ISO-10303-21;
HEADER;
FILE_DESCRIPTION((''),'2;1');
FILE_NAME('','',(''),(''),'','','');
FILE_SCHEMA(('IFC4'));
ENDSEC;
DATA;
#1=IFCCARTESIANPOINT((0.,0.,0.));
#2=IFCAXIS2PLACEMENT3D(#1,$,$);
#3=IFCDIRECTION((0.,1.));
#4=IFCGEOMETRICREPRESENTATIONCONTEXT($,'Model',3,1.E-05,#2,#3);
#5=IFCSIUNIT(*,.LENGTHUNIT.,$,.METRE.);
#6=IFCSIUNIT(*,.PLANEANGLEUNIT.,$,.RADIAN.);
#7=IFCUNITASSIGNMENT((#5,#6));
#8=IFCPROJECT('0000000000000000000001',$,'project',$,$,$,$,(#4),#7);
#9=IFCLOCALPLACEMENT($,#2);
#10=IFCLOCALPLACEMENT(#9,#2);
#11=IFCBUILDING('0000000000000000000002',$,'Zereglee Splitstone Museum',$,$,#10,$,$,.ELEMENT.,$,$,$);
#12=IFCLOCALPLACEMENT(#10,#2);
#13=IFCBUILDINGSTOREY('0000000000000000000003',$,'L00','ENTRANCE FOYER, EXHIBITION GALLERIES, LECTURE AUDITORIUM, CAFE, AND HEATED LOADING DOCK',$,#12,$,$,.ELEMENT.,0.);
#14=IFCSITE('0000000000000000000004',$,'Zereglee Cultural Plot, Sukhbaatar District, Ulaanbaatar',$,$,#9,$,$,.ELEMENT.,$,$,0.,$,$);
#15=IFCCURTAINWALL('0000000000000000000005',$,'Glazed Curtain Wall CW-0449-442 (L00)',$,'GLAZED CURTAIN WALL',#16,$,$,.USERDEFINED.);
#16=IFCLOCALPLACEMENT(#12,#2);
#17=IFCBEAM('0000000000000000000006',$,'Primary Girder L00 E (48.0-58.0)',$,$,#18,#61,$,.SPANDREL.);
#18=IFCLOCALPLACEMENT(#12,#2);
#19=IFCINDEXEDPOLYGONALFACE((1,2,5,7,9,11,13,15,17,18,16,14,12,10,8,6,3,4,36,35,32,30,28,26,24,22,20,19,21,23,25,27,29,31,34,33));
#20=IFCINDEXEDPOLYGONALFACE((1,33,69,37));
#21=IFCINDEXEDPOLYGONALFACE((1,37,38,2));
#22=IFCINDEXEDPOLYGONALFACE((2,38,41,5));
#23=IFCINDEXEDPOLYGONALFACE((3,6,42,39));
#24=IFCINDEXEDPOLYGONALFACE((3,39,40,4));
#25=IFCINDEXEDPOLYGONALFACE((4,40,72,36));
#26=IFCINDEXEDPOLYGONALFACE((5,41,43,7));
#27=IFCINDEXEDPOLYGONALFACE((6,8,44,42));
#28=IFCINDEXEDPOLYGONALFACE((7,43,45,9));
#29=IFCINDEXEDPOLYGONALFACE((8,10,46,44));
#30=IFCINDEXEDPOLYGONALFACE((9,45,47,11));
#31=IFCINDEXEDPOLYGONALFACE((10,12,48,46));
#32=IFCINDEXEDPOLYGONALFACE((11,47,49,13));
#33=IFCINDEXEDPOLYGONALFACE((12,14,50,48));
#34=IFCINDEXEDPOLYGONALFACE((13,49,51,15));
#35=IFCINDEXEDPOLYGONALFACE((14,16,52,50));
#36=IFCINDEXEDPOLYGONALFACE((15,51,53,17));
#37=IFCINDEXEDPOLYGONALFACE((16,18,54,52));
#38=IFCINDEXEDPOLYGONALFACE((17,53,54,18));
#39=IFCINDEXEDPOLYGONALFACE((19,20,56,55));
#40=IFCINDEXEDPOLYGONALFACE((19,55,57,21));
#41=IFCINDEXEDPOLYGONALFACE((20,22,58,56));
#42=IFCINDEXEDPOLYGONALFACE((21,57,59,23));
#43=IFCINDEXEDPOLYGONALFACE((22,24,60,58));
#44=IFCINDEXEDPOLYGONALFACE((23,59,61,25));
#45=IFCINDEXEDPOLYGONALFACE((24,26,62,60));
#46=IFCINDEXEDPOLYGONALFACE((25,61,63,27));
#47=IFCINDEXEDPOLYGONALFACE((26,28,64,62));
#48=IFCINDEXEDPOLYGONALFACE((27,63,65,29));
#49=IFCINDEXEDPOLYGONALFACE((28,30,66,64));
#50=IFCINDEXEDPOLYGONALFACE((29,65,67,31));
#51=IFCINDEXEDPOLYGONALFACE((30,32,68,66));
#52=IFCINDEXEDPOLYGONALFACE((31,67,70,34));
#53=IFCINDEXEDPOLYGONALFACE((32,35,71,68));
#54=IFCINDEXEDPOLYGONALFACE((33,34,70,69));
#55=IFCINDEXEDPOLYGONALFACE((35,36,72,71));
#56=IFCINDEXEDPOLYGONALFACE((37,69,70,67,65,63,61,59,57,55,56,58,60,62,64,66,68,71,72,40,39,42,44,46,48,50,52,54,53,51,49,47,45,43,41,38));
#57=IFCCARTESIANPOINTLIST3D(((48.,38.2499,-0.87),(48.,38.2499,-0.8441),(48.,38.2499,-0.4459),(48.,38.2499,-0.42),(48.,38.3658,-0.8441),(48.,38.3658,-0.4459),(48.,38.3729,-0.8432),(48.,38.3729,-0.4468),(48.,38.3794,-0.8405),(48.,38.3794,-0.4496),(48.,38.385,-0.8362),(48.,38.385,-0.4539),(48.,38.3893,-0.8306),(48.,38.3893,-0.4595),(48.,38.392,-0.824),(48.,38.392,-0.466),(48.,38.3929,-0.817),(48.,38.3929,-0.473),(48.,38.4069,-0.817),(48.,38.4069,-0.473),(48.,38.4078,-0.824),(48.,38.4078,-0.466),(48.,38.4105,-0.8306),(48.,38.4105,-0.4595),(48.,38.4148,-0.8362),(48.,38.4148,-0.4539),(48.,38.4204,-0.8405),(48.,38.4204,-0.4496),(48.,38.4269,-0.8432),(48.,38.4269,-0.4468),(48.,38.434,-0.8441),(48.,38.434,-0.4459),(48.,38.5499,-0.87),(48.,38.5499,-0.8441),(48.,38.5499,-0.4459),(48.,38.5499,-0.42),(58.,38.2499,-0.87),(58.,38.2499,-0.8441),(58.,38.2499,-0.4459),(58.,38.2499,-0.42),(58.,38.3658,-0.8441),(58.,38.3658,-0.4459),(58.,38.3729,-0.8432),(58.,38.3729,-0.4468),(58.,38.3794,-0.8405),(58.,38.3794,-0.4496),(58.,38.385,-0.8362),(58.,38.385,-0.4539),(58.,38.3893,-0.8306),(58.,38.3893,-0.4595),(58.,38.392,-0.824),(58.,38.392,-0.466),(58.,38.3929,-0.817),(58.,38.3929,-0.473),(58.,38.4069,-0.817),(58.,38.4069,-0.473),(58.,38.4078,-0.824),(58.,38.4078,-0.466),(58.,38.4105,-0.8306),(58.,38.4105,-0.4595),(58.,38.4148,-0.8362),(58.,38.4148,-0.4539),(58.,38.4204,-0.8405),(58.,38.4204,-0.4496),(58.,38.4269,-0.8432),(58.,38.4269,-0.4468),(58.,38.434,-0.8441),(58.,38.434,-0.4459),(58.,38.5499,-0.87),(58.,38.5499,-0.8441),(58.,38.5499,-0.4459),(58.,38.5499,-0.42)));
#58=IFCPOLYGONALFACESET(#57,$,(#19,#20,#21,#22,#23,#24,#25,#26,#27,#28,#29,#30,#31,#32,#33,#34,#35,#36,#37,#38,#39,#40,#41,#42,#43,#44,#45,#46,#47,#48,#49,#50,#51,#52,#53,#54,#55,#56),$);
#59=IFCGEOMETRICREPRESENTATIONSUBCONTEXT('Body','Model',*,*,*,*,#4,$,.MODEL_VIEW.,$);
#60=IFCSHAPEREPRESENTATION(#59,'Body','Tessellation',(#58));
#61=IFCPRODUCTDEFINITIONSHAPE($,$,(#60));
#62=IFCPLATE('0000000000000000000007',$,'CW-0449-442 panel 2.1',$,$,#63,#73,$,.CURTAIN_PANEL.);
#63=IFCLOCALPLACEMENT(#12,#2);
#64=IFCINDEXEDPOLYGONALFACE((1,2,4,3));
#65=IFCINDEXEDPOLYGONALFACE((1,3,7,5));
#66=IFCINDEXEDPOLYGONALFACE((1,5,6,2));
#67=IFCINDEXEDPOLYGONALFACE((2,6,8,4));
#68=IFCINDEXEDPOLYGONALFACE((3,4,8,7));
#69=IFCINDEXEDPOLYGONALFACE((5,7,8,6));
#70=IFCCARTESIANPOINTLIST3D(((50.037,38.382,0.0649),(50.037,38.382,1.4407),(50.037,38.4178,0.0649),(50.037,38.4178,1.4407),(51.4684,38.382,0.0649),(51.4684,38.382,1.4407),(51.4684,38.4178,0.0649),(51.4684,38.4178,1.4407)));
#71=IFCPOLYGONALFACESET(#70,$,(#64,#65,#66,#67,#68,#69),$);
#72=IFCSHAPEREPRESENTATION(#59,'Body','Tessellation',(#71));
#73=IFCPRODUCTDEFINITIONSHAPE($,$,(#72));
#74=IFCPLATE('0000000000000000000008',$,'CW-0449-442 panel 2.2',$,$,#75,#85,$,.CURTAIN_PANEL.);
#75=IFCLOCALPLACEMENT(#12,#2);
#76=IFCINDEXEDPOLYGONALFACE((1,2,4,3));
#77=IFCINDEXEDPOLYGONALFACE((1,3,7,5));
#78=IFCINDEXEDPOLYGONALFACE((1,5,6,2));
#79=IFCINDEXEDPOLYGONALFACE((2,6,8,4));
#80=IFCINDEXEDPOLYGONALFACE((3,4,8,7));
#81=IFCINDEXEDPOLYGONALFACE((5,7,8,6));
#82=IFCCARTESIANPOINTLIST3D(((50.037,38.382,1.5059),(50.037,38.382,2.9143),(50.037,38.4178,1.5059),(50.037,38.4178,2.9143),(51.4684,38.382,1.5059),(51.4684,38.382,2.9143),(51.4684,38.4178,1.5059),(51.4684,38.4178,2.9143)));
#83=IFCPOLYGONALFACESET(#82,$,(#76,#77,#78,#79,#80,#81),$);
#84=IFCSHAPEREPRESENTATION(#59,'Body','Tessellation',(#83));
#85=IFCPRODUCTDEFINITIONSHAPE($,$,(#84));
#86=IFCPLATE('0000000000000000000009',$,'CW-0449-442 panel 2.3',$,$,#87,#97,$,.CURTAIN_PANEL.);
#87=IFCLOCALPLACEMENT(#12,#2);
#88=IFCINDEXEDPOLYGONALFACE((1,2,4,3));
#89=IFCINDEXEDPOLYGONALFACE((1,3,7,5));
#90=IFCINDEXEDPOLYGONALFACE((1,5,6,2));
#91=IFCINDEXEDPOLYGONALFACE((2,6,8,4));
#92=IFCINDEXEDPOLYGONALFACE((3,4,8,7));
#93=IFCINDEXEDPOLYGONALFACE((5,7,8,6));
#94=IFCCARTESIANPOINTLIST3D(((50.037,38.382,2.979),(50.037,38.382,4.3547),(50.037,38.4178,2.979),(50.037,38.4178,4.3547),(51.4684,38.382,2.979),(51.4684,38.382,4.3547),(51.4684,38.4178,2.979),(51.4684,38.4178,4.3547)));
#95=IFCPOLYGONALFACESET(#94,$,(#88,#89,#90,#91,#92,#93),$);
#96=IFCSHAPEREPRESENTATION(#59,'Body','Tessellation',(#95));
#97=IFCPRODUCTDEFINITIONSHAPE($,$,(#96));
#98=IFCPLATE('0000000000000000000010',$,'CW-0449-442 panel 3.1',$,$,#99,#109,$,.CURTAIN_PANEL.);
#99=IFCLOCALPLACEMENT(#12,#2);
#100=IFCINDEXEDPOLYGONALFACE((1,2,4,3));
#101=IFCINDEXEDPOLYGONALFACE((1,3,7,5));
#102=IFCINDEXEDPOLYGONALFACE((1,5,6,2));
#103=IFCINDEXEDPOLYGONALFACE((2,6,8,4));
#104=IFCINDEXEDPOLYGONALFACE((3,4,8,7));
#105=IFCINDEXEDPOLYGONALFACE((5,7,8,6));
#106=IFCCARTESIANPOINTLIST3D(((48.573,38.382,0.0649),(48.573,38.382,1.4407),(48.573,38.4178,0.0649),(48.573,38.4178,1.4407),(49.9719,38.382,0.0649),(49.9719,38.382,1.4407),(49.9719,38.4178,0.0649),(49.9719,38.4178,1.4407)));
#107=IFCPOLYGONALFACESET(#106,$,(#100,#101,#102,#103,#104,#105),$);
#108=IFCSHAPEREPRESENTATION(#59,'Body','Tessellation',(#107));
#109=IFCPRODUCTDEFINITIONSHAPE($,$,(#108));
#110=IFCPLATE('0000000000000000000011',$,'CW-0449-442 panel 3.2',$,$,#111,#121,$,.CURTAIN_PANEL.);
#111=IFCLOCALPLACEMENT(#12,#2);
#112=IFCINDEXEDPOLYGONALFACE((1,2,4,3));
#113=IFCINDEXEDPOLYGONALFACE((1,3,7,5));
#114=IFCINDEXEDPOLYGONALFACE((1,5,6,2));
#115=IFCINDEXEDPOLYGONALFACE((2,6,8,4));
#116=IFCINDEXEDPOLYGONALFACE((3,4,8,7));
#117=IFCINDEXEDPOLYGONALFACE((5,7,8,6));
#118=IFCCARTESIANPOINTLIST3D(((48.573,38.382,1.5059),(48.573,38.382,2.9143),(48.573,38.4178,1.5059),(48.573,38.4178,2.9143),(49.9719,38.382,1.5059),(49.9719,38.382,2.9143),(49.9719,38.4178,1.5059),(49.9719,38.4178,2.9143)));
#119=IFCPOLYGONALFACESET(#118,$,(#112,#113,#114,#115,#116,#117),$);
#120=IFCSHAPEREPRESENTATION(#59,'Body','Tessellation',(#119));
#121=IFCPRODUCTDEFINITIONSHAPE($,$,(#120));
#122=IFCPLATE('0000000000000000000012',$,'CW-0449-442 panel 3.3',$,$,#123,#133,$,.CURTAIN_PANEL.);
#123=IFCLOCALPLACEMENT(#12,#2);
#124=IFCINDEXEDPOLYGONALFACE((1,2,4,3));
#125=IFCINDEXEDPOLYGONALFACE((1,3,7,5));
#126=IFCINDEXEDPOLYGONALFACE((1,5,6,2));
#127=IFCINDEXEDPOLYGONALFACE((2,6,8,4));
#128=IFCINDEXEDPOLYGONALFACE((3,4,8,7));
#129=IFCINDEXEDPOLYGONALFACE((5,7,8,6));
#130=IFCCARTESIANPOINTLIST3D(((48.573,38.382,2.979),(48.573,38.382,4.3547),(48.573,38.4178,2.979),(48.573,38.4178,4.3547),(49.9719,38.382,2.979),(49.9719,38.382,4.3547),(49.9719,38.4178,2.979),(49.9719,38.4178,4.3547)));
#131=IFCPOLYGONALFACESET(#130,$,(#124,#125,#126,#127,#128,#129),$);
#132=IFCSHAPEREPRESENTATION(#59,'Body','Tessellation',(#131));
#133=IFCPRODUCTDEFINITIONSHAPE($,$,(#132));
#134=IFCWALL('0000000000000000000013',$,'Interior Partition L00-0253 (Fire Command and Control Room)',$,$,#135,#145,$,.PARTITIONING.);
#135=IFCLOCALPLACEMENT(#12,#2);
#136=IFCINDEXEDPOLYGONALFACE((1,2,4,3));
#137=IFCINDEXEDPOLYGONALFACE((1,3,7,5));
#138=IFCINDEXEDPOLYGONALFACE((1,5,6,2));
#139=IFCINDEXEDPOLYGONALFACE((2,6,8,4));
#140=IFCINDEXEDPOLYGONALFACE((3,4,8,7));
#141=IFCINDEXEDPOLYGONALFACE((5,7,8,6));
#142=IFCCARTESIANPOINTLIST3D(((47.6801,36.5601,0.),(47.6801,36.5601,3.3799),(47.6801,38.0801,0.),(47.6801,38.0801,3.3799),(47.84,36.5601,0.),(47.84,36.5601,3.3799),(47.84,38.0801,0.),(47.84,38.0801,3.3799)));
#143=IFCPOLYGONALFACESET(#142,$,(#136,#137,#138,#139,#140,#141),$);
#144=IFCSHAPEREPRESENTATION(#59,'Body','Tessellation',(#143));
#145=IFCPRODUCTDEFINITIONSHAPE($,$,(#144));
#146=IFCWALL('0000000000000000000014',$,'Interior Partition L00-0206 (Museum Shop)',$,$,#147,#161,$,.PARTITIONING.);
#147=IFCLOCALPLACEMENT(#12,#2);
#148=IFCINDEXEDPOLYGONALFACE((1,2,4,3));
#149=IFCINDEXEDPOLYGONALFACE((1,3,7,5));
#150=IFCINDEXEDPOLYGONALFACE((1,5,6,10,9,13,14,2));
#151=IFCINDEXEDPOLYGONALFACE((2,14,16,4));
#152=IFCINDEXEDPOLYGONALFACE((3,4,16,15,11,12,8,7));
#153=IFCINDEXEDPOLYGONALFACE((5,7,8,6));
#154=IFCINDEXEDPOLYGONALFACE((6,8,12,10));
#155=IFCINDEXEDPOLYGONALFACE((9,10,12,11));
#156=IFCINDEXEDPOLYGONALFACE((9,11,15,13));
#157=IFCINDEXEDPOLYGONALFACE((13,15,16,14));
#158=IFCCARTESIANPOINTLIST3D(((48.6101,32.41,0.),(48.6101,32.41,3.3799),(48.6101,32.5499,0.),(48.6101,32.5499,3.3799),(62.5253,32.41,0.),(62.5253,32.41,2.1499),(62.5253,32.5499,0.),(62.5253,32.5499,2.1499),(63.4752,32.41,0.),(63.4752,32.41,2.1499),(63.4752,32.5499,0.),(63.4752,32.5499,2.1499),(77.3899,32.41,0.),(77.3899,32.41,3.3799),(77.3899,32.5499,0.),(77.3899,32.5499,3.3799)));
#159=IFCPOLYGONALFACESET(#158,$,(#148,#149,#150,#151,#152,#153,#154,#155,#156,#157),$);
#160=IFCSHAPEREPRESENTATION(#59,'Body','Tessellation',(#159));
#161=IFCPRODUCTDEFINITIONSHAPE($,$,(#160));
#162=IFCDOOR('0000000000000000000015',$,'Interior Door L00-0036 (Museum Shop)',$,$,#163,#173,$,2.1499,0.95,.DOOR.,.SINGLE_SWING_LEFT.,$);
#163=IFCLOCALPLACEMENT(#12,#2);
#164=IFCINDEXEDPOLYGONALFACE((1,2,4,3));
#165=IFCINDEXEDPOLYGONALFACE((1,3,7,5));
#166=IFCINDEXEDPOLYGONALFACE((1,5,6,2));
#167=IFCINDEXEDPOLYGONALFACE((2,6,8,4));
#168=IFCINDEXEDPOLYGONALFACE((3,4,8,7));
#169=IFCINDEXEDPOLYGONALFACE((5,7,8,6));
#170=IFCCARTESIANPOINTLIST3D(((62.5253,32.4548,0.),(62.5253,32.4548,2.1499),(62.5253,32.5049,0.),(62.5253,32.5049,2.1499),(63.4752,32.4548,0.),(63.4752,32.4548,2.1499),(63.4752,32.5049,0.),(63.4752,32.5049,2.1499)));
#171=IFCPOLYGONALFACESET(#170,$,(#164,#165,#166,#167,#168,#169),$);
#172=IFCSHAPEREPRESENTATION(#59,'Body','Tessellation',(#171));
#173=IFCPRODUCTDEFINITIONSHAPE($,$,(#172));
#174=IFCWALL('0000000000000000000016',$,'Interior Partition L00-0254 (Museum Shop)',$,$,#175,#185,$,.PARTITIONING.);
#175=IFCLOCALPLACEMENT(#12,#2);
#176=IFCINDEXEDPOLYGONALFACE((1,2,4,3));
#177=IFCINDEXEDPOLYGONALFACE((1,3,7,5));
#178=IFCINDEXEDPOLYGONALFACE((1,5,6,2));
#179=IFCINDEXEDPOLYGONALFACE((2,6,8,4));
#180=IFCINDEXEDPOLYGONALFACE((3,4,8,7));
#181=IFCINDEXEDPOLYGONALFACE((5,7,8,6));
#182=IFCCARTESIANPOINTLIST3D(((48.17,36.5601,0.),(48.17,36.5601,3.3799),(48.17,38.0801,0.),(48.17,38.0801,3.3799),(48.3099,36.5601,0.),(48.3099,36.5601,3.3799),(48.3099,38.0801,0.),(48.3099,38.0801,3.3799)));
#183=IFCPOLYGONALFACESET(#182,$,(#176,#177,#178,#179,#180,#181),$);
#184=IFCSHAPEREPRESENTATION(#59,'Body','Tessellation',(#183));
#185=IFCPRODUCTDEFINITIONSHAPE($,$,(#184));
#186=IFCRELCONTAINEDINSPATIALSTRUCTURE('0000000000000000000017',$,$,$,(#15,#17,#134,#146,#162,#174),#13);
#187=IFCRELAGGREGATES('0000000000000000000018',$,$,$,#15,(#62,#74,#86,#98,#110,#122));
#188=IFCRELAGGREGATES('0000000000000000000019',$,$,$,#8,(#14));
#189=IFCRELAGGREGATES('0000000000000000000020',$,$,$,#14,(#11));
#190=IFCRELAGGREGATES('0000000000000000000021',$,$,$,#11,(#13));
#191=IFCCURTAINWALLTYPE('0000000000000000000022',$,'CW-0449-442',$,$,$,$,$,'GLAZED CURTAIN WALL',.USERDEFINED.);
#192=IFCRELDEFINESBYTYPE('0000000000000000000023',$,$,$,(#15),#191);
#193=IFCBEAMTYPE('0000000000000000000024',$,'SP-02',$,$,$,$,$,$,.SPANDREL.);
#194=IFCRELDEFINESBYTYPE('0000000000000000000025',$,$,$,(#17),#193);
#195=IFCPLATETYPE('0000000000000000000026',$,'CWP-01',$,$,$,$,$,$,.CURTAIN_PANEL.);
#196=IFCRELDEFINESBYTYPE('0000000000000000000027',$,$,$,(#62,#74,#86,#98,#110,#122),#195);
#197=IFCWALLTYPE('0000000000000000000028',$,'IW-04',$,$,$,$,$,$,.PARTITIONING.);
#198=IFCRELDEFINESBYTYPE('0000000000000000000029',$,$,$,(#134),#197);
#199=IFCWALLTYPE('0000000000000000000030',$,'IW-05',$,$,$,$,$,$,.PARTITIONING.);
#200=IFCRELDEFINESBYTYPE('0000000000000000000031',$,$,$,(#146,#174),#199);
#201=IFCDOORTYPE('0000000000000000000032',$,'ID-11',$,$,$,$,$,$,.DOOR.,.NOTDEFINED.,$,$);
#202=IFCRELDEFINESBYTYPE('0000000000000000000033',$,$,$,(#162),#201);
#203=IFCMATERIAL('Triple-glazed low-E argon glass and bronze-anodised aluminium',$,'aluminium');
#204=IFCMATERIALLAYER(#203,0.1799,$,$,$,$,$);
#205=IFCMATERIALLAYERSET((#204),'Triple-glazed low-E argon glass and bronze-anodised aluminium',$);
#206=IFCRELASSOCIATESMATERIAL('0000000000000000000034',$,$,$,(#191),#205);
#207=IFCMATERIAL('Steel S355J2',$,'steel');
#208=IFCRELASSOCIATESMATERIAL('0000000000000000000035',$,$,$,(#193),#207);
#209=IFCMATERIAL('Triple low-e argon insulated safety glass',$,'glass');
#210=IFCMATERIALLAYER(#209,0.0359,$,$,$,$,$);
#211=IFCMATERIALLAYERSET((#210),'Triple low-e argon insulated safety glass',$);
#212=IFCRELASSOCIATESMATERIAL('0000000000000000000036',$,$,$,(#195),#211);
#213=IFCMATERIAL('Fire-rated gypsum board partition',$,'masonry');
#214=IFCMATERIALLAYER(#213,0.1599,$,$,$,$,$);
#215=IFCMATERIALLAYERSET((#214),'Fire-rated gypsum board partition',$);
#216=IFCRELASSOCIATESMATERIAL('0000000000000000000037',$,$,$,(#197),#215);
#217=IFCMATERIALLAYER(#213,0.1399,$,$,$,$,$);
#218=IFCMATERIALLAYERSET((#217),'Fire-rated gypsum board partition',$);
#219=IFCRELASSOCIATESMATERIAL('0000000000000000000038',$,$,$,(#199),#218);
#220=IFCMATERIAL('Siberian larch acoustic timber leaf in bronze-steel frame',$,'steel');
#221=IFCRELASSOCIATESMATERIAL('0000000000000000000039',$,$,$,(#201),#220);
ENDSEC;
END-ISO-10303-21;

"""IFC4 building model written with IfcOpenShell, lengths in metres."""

from ifc_helpers import new_model, si_unit, direction, frame, frame_2d, origin, origin_2d, place, context, subcontext, project, spatial, rectangle, i_section, extrude, material, layer, layer_set, material_profile, profile_set, type_object, element, fill, aggregate, save


model = new_model("IFC4")

# Units and contexts
model_context = context("Model", 3, precision=1e-05, world=origin(), true_north=direction((0.0, 1.0)))
body_context = subcontext(model_context, "Body", "Model", "MODEL_VIEW")
ifc_project = project(units=[si_unit("LENGTHUNIT", "METRE"), si_unit("PLANEANGLEUNIT", "RADIAN")], contexts=[model_context])

# Site, building, storey
site_placement = place(None, origin())
site = spatial("IfcSite", under=ifc_project, at=site_placement, Name="Zereglee Cultural Plot, Sukhbaatar District, Ulaanbaatar", CompositionType="ELEMENT", RefElevation=0.0)
building_placement = place(site_placement, origin())
building = spatial("IfcBuilding", under=site, at=building_placement, Name="Zereglee Splitstone Museum", CompositionType="ELEMENT")
storey_placement = place(building_placement, origin())
storey = spatial("IfcBuildingStorey", under=building, at=storey_placement, Name="L00", Description="ENTRANCE FOYER, EXHIBITION GALLERIES, LECTURE AUDITORIUM, CAFE, AND HEATED LOADING DOCK", CompositionType="ELEMENT", Elevation=0.0)

# Curtain wall
ifc_material_1 = material(Name="Triple-glazed low-E argon glass and bronze-anodised aluminium", Category="aluminium")
ifc_layer_1 = layer(ifc_material_1, 0.1799)
ifc_layer_set_1 = layer_set([ifc_layer_1], Name="Triple-glazed low-E argon glass and bronze-anodised aluminium")
curtain_wall_type_1 = type_object("IfcCurtainWallType", Name="CW-0449-442", ElementType="GLAZED CURTAIN WALL", PredefinedType="USERDEFINED", material=ifc_layer_set_1)
curtain_wall_1_placement = place(storey_placement, origin())
curtain_wall_1 = element("IfcCurtainWall", 1, at=curtain_wall_1_placement, inside=storey, type_object=curtain_wall_type_1, Name="Glazed Curtain Wall CW-0449-442 (L00)", ObjectType="GLAZED CURTAIN WALL", PredefinedType="USERDEFINED")

# Beam
ifc_material_2 = material(Name="Steel S355J2", Category="steel")
ifc_material_profile_1 = material_profile(ifc_material_2, i_section(OverallWidth=0.3, OverallDepth=0.45, WebThickness=0.0139, FlangeThickness=0.0259, FilletRadius=0.0271, at=origin_2d()), Name="HE 450 B")
ifc_profile_set_1 = profile_set([ifc_material_profile_1], Name="Steel S355J2")
beam_type_1 = type_object("IfcBeamType", Name="SP-02", PredefinedType="SPANDREL", material=ifc_profile_set_1)
beam_1_placement = place(storey_placement, frame((48.0, 38.3999, -0.645), z_axis=(1.0, 0.0, 0.0), x_axis=(0.0, 1.0, 0.0)))
element("IfcBeam", 2, at=beam_1_placement, inside=storey, type_object=beam_type_1, Name="Primary Girder L00 E (48.0-58.0)", PredefinedType="SPANDREL", context=body_context, shape_type="SweptSolid", body=[
    extrude(i_section(OverallWidth=0.3, OverallDepth=0.45, WebThickness=0.0139, FlangeThickness=0.0259, FilletRadius=0.0271, at=origin_2d()), origin(), (0.0, 0.0, 1.0), 10.0),
])

# Plates
ifc_material_3 = material(Name="Triple low-e argon insulated safety glass", Category="glass")
ifc_layer_2 = layer(ifc_material_3, 0.0359)
ifc_layer_set_2 = layer_set([ifc_layer_2], Name="Triple low-e argon insulated safety glass")
plate_type = type_object("IfcPlateType", Name="CWP-01", PredefinedType="CURTAIN_PANEL", material=ifc_layer_set_2)
plate_1_placement = place(storey_placement, frame((50.7527, 38.3999, 0.0649), z_axis=(0.0, 0.0, 1.0), x_axis=(-1.0, 0.0, 0.0)))
plate_1 = element("IfcPlate", 3, at=plate_1_placement, type_object=plate_type, Name="CW-0449-442 panel 2.1", PredefinedType="CURTAIN_PANEL", context=body_context, shape_type="SweptSolid", body=[
    extrude(rectangle(XDim=1.4314, YDim=0.0359, at=origin_2d()), origin(), (0.0, 0.0, 1.0), 1.3757),
])
plate_2_placement = place(storey_placement, frame((50.7527, 38.3999, 1.5059), z_axis=(0.0, 0.0, 1.0), x_axis=(-1.0, 0.0, 0.0)))
plate_2 = element("IfcPlate", 4, at=plate_2_placement, type_object=plate_type, Name="CW-0449-442 panel 2.2", PredefinedType="CURTAIN_PANEL", context=body_context, shape_type="SweptSolid", body=[
    extrude(rectangle(XDim=1.4314, YDim=0.0359, at=origin_2d()), origin(), (0.0, 0.0, 1.0), 1.4084),
])
plate_3_placement = place(storey_placement, frame((50.7527, 38.3999, 2.979), z_axis=(0.0, 0.0, 1.0), x_axis=(-1.0, 0.0, 0.0)))
plate_3 = element("IfcPlate", 5, at=plate_3_placement, type_object=plate_type, Name="CW-0449-442 panel 2.3", PredefinedType="CURTAIN_PANEL", context=body_context, shape_type="SweptSolid", body=[
    extrude(rectangle(XDim=1.4314, YDim=0.0359, at=origin_2d()), origin(), (0.0, 0.0, 1.0), 1.3757),
])
plate_4_placement = place(storey_placement, frame((49.2725, 38.3999, 0.0649), z_axis=(0.0, 0.0, 1.0), x_axis=(-1.0, 0.0, 0.0)))
plate_4 = element("IfcPlate", 6, at=plate_4_placement, type_object=plate_type, Name="CW-0449-442 panel 3.1", PredefinedType="CURTAIN_PANEL", context=body_context, shape_type="SweptSolid", body=[
    extrude(rectangle(XDim=1.3989, YDim=0.0359, at=origin_2d()), origin(), (0.0, 0.0, 1.0), 1.3757),
])
plate_5_placement = place(storey_placement, frame((49.2725, 38.3999, 1.5059), z_axis=(0.0, 0.0, 1.0), x_axis=(-1.0, 0.0, 0.0)))
plate_5 = element("IfcPlate", 7, at=plate_5_placement, type_object=plate_type, Name="CW-0449-442 panel 3.2", PredefinedType="CURTAIN_PANEL", context=body_context, shape_type="SweptSolid", body=[
    extrude(rectangle(XDim=1.3989, YDim=0.0359, at=origin_2d()), origin(), (0.0, 0.0, 1.0), 1.4084),
])
plate_6_placement = place(storey_placement, frame((49.2725, 38.3999, 2.979), z_axis=(0.0, 0.0, 1.0), x_axis=(-1.0, 0.0, 0.0)))
plate_6 = element("IfcPlate", 8, at=plate_6_placement, type_object=plate_type, Name="CW-0449-442 panel 3.3", PredefinedType="CURTAIN_PANEL", context=body_context, shape_type="SweptSolid", body=[
    extrude(rectangle(XDim=1.3989, YDim=0.0359, at=origin_2d()), origin(), (0.0, 0.0, 1.0), 1.3757),
])
aggregate(curtain_wall_1, [plate_1, plate_2, plate_3, plate_4, plate_5, plate_6])

# Wall
ifc_material_4 = material(Name="Fire-rated gypsum board partition", Category="masonry")
ifc_layer_3 = layer(ifc_material_4, 0.1599)
ifc_layer_set_3 = layer_set([ifc_layer_3], Name="Fire-rated gypsum board partition")
wall_type_1 = type_object("IfcWallType", Name="IW-04", PredefinedType="PARTITIONING", material=ifc_layer_set_3)
wall_1_placement = place(storey_placement, frame((47.76, 36.5601, 0.0), z_axis=(0.0, 0.0, 1.0), x_axis=(0.0, 1.0, 0.0)))
element("IfcWall", 9, at=wall_1_placement, inside=storey, type_object=wall_type_1, Name="Interior Partition L00-0253 (Fire Command and Control Room)", PredefinedType="PARTITIONING", context=body_context, shape_type="SweptSolid", body=[
    extrude(rectangle(XDim=1.52, YDim=0.1599, at=frame_2d((0.76, 0.0))), origin(), (0.0, 0.0, 1.0), 3.3799),
])

# Wall, opening, door
ifc_layer_4 = layer(ifc_material_4, 0.1399)
ifc_layer_set_4 = layer_set([ifc_layer_4], Name="Fire-rated gypsum board partition")
wall_type_2 = type_object("IfcWallType", Name="IW-05", PredefinedType="PARTITIONING", material=ifc_layer_set_4)
wall_2_placement = place(storey_placement, frame((48.6101, 32.48, 0.0), z_axis=(0.0, 0.0, 1.0), x_axis=(1.0, 0.0, 0.0)))
wall_2 = element("IfcWall", 10, at=wall_2_placement, inside=storey, type_object=wall_type_2, Name="Interior Partition L00-0206 (Museum Shop)", PredefinedType="PARTITIONING", context=body_context, shape_type="SweptSolid", body=[
    extrude(rectangle(XDim=28.7798, YDim=0.1399, at=frame_2d((14.3899, 0.0))), origin(), (0.0, 0.0, 1.0), 3.3799),
])
opening_placement = place(wall_2_placement, frame((13.915, 0.0, 0.0)))
opening = element("IfcOpeningElement", 11, at=opening_placement, cuts=wall_2, PredefinedType="OPENING", context=body_context, shape_type="SweptSolid", body=[
    extrude(rectangle(XDim=0.95, YDim=2.1499, at=frame_2d((0.4751, 1.075))), frame((0.0, 0.085, 0.0), z_axis=(0.0, -1.0, 0.0), x_axis=(1.0, 0.0, 0.0)), (0.0, 0.0, 1.0), 0.1697),
])
ifc_material_5 = material(Name="Siberian larch acoustic timber leaf in bronze-steel frame", Category="steel")
door_type = type_object("IfcDoorType", Name="ID-11", OperationType="NOTDEFINED", PredefinedType="DOOR", material=ifc_material_5)
door_placement = place(opening_placement, origin())
door = element("IfcDoor", 12, at=door_placement, inside=storey, type_object=door_type, Name="Interior Door L00-0036 (Museum Shop)", OperationType="SINGLE_SWING_LEFT", OverallHeight=2.1499, OverallWidth=0.95, PredefinedType="DOOR", context=body_context, shape_type="SweptSolid", body=[
    extrude(rectangle(XDim=0.95, YDim=2.1499, at=frame_2d((0.4751, 1.075))), frame((0.0, 0.0249, 0.0), z_axis=(0.0, -1.0, 0.0), x_axis=(1.0, 0.0, 0.0)), (0.0, 0.0, 1.0), 0.05),
])
fill(opening, door)

# Wall
wall_3_placement = place(storey_placement, frame((48.24, 36.5601, 0.0), z_axis=(0.0, 0.0, 1.0), x_axis=(0.0, 1.0, 0.0)))
element("IfcWall", 13, at=wall_3_placement, inside=storey, type_object=wall_type_2, Name="Interior Partition L00-0254 (Museum Shop)", PredefinedType="PARTITIONING", context=body_context, shape_type="SweptSolid", body=[
    extrude(rectangle(XDim=1.52, YDim=0.1399, at=frame_2d((0.76, 0.0))), origin(), (0.0, 0.0, 1.0), 3.3799),
])

save(model, "model.ifc")
